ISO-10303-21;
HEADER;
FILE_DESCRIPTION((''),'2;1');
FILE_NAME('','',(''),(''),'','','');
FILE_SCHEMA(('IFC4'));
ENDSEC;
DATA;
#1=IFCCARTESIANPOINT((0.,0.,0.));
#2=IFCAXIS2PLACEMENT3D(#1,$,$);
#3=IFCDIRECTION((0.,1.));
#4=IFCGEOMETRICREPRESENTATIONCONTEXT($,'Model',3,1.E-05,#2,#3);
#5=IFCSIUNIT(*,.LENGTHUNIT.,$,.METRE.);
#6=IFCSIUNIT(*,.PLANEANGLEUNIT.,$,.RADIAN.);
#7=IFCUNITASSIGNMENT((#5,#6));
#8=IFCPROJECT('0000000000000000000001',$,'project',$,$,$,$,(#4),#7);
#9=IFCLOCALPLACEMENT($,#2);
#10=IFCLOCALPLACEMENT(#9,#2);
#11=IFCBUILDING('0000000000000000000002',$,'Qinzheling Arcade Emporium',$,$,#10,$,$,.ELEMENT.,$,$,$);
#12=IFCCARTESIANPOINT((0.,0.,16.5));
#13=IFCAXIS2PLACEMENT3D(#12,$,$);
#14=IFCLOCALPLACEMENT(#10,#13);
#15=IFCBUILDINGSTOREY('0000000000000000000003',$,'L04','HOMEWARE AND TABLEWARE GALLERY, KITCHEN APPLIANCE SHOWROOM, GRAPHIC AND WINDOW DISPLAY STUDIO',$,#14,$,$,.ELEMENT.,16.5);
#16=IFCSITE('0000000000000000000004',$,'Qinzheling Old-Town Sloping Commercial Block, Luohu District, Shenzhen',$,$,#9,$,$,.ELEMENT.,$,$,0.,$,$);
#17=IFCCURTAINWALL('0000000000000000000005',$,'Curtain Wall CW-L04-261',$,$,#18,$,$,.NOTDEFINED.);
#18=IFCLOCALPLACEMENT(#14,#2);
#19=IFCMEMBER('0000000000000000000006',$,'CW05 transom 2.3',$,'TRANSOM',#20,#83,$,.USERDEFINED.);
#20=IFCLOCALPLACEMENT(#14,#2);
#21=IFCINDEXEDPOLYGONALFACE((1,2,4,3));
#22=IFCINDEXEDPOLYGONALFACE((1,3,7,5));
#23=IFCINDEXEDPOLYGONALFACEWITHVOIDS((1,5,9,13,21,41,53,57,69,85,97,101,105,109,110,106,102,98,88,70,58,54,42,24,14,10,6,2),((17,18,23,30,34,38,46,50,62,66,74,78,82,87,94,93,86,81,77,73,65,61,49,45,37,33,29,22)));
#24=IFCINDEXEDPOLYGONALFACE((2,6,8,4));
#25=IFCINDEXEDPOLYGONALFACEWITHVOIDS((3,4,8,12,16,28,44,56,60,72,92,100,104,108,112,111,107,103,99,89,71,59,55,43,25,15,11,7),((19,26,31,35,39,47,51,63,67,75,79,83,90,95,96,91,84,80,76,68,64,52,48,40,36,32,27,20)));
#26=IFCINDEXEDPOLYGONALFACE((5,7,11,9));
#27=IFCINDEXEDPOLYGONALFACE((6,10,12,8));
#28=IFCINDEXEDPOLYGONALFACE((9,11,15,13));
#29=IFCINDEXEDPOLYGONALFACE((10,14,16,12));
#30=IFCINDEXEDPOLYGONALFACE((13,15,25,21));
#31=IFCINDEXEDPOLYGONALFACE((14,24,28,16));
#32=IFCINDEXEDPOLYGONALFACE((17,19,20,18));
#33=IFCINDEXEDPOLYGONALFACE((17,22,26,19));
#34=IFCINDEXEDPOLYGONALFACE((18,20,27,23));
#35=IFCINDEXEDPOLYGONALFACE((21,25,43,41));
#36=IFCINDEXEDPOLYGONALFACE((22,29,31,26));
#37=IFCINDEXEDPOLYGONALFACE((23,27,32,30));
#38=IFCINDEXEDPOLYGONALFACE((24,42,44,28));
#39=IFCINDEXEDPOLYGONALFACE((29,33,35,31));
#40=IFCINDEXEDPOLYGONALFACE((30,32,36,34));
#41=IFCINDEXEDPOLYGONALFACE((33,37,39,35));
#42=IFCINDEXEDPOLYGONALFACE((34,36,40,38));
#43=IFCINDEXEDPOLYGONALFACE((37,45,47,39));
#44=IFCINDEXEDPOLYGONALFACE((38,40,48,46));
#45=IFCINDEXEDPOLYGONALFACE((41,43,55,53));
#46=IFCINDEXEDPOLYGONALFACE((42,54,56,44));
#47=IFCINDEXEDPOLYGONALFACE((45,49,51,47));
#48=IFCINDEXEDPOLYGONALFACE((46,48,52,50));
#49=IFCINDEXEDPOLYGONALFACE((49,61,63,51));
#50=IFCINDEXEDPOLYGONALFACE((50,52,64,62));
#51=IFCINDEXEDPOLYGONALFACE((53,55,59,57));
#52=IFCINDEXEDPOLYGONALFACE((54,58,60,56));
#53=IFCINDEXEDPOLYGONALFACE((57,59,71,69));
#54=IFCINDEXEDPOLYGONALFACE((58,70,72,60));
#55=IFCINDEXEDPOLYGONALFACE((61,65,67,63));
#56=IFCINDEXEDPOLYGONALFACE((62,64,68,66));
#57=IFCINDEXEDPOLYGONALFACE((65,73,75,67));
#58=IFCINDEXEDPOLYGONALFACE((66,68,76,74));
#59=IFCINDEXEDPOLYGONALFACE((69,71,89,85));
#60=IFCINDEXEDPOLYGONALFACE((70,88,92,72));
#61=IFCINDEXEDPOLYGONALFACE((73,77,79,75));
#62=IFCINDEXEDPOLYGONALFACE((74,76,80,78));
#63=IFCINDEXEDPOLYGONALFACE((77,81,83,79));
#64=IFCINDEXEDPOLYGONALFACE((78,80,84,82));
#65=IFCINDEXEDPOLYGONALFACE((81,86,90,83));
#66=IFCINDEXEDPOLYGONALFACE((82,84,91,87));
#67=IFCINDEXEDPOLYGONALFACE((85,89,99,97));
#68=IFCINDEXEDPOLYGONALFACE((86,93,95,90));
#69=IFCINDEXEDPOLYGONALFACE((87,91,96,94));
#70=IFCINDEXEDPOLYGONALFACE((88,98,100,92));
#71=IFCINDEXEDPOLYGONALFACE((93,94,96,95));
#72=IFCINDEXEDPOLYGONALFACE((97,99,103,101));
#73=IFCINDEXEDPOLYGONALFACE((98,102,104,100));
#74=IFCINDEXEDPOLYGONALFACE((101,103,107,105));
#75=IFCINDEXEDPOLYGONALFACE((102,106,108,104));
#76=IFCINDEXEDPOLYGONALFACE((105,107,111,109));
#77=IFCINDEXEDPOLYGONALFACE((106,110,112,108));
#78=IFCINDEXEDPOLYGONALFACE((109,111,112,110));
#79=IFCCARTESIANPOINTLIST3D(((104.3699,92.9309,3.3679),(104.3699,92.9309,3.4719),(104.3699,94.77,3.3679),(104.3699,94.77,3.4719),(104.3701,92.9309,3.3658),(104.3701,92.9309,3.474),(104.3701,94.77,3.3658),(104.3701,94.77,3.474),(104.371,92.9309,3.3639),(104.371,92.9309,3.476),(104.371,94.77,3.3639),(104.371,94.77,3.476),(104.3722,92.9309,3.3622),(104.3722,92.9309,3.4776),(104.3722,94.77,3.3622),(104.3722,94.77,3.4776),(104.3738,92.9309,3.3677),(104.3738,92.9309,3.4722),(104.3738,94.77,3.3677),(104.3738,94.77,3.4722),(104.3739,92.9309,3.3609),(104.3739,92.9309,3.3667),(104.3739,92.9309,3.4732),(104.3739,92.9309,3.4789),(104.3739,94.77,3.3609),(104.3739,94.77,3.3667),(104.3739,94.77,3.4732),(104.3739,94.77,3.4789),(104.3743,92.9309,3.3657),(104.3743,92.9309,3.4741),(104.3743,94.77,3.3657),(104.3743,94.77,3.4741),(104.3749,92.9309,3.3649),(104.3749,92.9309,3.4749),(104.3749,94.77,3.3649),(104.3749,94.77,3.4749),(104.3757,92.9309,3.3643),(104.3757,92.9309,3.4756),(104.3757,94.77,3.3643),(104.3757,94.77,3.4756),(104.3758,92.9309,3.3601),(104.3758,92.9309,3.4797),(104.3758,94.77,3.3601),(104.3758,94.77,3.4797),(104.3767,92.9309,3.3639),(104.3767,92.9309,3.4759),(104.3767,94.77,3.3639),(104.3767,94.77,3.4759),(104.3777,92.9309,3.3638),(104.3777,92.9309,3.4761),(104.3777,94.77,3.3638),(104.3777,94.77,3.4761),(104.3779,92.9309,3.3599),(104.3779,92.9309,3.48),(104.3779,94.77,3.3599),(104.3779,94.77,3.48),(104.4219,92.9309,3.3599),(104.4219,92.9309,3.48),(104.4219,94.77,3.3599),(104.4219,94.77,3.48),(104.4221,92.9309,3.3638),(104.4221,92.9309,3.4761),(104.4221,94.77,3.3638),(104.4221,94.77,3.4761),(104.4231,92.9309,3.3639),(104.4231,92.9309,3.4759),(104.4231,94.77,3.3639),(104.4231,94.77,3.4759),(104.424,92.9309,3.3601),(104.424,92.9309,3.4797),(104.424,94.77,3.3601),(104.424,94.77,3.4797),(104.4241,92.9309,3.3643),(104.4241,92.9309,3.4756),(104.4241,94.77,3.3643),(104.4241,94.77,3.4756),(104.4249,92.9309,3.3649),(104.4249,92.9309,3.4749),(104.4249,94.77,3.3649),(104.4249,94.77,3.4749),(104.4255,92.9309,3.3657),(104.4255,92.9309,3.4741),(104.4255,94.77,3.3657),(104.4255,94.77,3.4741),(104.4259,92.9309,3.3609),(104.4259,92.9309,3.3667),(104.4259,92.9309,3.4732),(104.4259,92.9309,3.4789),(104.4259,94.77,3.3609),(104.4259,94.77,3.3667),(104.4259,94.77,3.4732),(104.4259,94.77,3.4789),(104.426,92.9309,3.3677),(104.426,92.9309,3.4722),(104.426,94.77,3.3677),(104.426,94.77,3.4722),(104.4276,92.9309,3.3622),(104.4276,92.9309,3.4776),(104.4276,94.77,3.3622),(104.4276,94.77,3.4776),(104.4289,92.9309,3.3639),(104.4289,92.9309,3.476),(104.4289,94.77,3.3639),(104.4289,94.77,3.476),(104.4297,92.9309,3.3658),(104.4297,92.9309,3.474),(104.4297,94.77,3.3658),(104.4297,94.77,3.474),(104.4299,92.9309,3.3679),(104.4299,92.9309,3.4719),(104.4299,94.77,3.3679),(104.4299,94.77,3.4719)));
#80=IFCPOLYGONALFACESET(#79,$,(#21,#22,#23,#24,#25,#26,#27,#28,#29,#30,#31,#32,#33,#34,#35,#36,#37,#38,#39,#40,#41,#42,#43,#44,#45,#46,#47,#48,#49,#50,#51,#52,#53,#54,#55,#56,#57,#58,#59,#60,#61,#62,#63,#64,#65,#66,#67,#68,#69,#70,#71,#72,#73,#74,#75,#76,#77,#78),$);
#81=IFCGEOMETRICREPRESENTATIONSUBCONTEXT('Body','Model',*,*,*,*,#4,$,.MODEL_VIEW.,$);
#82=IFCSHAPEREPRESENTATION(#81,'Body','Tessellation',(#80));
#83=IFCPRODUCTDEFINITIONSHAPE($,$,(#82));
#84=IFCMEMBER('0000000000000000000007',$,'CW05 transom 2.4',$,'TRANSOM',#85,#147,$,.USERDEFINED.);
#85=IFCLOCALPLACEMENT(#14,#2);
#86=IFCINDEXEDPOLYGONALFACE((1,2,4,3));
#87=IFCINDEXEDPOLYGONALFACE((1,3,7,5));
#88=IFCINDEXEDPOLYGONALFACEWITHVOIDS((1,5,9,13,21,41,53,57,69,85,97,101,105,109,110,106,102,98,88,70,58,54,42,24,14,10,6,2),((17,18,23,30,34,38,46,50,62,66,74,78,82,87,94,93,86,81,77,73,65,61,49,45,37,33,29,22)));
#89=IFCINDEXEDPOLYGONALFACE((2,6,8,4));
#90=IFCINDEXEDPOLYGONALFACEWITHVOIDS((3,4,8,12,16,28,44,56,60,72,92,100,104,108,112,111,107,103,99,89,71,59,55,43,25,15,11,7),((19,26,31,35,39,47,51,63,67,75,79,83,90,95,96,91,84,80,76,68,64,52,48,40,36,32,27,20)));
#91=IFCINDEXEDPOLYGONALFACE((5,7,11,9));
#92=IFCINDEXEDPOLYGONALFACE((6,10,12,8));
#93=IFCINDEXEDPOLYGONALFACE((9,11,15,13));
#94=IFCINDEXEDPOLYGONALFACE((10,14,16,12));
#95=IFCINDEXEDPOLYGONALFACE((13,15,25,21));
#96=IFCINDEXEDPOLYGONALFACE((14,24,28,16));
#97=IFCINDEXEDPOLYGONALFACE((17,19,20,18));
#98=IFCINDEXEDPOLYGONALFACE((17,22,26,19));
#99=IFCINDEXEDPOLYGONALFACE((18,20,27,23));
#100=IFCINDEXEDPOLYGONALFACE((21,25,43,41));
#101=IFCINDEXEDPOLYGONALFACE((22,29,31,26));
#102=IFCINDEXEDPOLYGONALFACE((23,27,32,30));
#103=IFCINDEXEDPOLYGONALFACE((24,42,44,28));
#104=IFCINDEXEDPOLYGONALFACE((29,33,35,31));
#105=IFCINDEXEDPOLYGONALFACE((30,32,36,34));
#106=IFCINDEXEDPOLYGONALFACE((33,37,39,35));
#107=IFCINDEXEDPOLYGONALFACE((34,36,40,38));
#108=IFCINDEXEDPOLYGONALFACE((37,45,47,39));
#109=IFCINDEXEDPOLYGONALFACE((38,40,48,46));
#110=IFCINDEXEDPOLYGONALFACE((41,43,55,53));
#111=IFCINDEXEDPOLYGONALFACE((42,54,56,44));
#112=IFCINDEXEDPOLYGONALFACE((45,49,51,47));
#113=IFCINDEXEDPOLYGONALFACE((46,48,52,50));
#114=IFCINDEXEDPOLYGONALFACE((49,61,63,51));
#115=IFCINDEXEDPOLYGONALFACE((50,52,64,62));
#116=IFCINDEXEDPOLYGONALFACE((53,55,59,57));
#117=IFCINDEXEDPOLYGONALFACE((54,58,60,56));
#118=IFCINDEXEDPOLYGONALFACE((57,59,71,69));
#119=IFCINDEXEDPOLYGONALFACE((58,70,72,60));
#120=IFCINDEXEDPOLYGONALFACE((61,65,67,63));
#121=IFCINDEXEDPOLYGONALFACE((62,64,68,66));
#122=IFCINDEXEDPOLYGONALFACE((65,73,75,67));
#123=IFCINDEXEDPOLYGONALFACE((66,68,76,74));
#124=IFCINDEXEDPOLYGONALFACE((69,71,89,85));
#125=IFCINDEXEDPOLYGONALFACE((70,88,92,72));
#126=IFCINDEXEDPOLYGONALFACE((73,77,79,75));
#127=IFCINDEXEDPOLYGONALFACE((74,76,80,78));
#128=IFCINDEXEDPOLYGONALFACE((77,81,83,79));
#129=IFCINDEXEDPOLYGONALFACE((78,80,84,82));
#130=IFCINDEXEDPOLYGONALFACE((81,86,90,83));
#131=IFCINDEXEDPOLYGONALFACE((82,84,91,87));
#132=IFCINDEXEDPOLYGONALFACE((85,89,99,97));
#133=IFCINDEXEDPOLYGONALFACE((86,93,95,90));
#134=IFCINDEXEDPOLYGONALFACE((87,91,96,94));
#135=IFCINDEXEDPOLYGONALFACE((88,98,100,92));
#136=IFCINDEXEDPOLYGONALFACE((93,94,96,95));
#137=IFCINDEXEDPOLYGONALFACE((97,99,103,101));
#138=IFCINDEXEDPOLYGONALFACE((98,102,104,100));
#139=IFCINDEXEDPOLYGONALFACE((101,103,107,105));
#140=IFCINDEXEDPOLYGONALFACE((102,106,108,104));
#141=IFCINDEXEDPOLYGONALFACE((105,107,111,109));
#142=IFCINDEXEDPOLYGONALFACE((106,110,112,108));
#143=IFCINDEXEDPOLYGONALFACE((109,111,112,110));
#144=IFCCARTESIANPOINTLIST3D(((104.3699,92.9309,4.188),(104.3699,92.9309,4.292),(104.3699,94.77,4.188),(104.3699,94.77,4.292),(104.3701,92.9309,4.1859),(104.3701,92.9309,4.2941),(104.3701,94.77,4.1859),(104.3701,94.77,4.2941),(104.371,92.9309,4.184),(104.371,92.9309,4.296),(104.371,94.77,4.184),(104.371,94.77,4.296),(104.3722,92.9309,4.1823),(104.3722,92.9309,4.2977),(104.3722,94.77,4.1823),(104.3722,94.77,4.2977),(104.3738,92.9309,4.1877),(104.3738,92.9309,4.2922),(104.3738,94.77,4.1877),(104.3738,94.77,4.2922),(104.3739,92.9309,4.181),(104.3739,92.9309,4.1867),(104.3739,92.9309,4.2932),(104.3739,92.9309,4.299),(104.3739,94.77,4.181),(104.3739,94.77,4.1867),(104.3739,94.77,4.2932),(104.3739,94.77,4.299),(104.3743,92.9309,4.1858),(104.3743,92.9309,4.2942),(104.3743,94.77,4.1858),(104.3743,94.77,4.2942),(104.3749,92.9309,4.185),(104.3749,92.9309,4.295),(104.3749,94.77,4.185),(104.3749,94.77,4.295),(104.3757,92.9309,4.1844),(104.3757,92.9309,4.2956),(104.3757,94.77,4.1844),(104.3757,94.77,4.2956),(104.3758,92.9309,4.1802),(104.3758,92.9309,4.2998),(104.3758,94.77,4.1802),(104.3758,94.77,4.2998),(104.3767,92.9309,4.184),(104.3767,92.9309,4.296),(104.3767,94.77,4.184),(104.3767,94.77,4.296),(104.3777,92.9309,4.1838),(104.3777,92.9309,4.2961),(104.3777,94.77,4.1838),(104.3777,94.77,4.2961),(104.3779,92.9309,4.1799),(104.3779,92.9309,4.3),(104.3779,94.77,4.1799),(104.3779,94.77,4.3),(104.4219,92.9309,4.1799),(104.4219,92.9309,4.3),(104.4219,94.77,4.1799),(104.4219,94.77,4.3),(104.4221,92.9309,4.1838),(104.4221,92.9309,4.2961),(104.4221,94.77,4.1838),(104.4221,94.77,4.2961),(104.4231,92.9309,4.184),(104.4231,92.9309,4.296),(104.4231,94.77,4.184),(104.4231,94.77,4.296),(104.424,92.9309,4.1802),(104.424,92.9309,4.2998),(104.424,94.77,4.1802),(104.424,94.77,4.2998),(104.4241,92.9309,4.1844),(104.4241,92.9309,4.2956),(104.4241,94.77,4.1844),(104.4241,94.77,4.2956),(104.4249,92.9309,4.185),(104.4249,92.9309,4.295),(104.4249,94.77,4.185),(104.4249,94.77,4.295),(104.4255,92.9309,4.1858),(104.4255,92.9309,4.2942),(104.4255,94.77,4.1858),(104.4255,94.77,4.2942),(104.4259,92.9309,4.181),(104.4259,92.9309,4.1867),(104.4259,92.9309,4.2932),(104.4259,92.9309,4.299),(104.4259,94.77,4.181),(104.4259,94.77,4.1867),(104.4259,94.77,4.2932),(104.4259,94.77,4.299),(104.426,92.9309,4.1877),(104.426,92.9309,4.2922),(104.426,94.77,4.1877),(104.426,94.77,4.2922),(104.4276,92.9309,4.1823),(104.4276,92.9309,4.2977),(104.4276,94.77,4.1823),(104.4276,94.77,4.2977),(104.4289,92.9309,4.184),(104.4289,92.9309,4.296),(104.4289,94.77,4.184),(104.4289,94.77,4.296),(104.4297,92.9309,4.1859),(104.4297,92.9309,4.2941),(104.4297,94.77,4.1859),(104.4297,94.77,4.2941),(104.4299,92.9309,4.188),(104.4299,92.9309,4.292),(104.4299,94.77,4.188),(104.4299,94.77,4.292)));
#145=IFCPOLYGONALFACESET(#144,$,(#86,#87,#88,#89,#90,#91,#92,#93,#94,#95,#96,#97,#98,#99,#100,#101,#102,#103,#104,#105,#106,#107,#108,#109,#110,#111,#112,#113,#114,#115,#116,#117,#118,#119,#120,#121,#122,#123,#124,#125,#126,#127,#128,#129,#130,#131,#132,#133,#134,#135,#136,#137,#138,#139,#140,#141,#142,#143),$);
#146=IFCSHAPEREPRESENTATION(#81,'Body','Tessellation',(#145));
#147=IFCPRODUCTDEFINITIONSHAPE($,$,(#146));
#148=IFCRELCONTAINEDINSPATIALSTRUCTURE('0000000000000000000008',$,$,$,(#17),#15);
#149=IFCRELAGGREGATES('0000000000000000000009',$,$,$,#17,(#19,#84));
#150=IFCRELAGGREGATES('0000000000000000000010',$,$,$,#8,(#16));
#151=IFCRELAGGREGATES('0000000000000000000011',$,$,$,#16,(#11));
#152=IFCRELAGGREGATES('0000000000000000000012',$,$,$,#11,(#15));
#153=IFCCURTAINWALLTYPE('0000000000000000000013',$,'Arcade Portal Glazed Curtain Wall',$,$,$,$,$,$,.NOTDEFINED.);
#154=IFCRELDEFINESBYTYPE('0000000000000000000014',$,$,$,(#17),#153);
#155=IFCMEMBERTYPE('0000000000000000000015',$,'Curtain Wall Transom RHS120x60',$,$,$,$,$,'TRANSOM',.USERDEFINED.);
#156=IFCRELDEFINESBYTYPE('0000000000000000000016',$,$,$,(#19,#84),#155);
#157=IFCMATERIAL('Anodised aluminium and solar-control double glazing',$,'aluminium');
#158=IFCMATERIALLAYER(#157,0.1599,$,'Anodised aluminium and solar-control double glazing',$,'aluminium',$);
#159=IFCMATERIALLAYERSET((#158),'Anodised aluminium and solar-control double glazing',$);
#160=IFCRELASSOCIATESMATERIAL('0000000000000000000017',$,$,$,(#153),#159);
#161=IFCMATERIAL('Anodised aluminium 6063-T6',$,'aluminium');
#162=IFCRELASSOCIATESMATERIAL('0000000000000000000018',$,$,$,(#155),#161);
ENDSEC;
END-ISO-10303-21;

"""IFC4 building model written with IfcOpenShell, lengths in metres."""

from ifc_helpers import new_model, si_unit, direction, frame, origin, origin_2d, place, context, subcontext, project, spatial, hollow_rectangle, extrude, material, layer, layer_set, material_profile, profile_set, type_object, element, aggregate, save


model = new_model("IFC4")

# Units and contexts
model_context = context("Model", 3, precision=1e-05, world=origin(), true_north=direction((0.0, 1.0)))
body_context = subcontext(model_context, "Body", "Model", "MODEL_VIEW")
ifc_project = project(units=[si_unit("LENGTHUNIT", "METRE"), si_unit("PLANEANGLEUNIT", "RADIAN")], contexts=[model_context])

# Site, building, storey
site_placement = place(None, origin())
site = spatial("IfcSite", under=ifc_project, at=site_placement, Name="Qinzheling Old-Town Sloping Commercial Block, Luohu District, Shenzhen", CompositionType="ELEMENT", RefElevation=0.0)
building_placement = place(site_placement, origin())
building = spatial("IfcBuilding", under=site, at=building_placement, Name="Qinzheling Arcade Emporium", CompositionType="ELEMENT")
storey_placement = place(building_placement, frame((0.0, 0.0, 16.5)))
storey = spatial("IfcBuildingStorey", under=building, at=storey_placement, Name="L04", Description="HOMEWARE AND TABLEWARE GALLERY, KITCHEN APPLIANCE SHOWROOM, GRAPHIC AND WINDOW DISPLAY STUDIO", CompositionType="ELEMENT", Elevation=16.5)

# Curtain wall, members
ifc_material_1 = material(Name="Anodised aluminium and solar-control double glazing", Category="aluminium")
ifc_layer_1 = layer(ifc_material_1, 0.1599, Name="Anodised aluminium and solar-control double glazing", Category="aluminium")
ifc_layer_set_1 = layer_set([ifc_layer_1], Name="Anodised aluminium and solar-control double glazing")
curtain_wall_type = type_object("IfcCurtainWallType", Name="Arcade Portal Glazed Curtain Wall", PredefinedType="NOTDEFINED", material=ifc_layer_set_1)
curtain_wall_placement = place(storey_placement, origin())
curtain_wall = element("IfcCurtainWall", 1, at=curtain_wall_placement, inside=storey, type_object=curtain_wall_type, Name="Curtain Wall CW-L04-261", PredefinedType="NOTDEFINED")
ifc_material_2 = material(Name="Anodised aluminium 6063-T6", Category="aluminium")
ifc_material_profile_1 = material_profile(ifc_material_2, hollow_rectangle(XDim=0.0601, YDim=0.1201, WallThickness=0.0039, InnerFilletRadius=0.0039, OuterFilletRadius=0.0081, at=origin_2d()), Name="RHS 120x60x4", Category="aluminium")
ifc_profile_set_1 = profile_set([ifc_material_profile_1], Name="Anodised aluminium 6063-T6")
member_type_1 = type_object("IfcMemberType", Name="Curtain Wall Transom RHS120x60", ElementType="TRANSOM", PredefinedType="USERDEFINED", material=ifc_profile_set_1)
member_1_placement = place(storey_placement, frame((104.3999, 92.9309, 3.4199), z_axis=(0.0, 1.0, 0.0), x_axis=(-1.0, 0.0, 0.0)))
member_1 = element("IfcMember", 2, at=member_1_placement, type_object=member_type_1, Name="CW05 transom 2.3", ObjectType="TRANSOM", PredefinedType="USERDEFINED", context=body_context, shape_type="SweptSolid", body=[
    extrude(hollow_rectangle(XDim=0.0601, YDim=0.1201, WallThickness=0.0039, InnerFilletRadius=0.0039, OuterFilletRadius=0.0081, at=origin_2d()), origin(), (0.0, 0.0, 1.0), 1.8391),
])
member_2_placement = place(storey_placement, frame((104.3999, 92.9309, 4.24), z_axis=(0.0, 1.0, 0.0), x_axis=(-1.0, 0.0, 0.0)))
member_2 = element("IfcMember", 3, at=member_2_placement, type_object=member_type_1, Name="CW05 transom 2.4", ObjectType="TRANSOM", PredefinedType="USERDEFINED", context=body_context, shape_type="SweptSolid", body=[
    extrude(hollow_rectangle(XDim=0.0601, YDim=0.1201, WallThickness=0.0039, InnerFilletRadius=0.0039, OuterFilletRadius=0.0081, at=origin_2d()), origin(), (0.0, 0.0, 1.0), 1.8391),
])
aggregate(curtain_wall, [member_1, member_2])

save(model, "model.ifc")
